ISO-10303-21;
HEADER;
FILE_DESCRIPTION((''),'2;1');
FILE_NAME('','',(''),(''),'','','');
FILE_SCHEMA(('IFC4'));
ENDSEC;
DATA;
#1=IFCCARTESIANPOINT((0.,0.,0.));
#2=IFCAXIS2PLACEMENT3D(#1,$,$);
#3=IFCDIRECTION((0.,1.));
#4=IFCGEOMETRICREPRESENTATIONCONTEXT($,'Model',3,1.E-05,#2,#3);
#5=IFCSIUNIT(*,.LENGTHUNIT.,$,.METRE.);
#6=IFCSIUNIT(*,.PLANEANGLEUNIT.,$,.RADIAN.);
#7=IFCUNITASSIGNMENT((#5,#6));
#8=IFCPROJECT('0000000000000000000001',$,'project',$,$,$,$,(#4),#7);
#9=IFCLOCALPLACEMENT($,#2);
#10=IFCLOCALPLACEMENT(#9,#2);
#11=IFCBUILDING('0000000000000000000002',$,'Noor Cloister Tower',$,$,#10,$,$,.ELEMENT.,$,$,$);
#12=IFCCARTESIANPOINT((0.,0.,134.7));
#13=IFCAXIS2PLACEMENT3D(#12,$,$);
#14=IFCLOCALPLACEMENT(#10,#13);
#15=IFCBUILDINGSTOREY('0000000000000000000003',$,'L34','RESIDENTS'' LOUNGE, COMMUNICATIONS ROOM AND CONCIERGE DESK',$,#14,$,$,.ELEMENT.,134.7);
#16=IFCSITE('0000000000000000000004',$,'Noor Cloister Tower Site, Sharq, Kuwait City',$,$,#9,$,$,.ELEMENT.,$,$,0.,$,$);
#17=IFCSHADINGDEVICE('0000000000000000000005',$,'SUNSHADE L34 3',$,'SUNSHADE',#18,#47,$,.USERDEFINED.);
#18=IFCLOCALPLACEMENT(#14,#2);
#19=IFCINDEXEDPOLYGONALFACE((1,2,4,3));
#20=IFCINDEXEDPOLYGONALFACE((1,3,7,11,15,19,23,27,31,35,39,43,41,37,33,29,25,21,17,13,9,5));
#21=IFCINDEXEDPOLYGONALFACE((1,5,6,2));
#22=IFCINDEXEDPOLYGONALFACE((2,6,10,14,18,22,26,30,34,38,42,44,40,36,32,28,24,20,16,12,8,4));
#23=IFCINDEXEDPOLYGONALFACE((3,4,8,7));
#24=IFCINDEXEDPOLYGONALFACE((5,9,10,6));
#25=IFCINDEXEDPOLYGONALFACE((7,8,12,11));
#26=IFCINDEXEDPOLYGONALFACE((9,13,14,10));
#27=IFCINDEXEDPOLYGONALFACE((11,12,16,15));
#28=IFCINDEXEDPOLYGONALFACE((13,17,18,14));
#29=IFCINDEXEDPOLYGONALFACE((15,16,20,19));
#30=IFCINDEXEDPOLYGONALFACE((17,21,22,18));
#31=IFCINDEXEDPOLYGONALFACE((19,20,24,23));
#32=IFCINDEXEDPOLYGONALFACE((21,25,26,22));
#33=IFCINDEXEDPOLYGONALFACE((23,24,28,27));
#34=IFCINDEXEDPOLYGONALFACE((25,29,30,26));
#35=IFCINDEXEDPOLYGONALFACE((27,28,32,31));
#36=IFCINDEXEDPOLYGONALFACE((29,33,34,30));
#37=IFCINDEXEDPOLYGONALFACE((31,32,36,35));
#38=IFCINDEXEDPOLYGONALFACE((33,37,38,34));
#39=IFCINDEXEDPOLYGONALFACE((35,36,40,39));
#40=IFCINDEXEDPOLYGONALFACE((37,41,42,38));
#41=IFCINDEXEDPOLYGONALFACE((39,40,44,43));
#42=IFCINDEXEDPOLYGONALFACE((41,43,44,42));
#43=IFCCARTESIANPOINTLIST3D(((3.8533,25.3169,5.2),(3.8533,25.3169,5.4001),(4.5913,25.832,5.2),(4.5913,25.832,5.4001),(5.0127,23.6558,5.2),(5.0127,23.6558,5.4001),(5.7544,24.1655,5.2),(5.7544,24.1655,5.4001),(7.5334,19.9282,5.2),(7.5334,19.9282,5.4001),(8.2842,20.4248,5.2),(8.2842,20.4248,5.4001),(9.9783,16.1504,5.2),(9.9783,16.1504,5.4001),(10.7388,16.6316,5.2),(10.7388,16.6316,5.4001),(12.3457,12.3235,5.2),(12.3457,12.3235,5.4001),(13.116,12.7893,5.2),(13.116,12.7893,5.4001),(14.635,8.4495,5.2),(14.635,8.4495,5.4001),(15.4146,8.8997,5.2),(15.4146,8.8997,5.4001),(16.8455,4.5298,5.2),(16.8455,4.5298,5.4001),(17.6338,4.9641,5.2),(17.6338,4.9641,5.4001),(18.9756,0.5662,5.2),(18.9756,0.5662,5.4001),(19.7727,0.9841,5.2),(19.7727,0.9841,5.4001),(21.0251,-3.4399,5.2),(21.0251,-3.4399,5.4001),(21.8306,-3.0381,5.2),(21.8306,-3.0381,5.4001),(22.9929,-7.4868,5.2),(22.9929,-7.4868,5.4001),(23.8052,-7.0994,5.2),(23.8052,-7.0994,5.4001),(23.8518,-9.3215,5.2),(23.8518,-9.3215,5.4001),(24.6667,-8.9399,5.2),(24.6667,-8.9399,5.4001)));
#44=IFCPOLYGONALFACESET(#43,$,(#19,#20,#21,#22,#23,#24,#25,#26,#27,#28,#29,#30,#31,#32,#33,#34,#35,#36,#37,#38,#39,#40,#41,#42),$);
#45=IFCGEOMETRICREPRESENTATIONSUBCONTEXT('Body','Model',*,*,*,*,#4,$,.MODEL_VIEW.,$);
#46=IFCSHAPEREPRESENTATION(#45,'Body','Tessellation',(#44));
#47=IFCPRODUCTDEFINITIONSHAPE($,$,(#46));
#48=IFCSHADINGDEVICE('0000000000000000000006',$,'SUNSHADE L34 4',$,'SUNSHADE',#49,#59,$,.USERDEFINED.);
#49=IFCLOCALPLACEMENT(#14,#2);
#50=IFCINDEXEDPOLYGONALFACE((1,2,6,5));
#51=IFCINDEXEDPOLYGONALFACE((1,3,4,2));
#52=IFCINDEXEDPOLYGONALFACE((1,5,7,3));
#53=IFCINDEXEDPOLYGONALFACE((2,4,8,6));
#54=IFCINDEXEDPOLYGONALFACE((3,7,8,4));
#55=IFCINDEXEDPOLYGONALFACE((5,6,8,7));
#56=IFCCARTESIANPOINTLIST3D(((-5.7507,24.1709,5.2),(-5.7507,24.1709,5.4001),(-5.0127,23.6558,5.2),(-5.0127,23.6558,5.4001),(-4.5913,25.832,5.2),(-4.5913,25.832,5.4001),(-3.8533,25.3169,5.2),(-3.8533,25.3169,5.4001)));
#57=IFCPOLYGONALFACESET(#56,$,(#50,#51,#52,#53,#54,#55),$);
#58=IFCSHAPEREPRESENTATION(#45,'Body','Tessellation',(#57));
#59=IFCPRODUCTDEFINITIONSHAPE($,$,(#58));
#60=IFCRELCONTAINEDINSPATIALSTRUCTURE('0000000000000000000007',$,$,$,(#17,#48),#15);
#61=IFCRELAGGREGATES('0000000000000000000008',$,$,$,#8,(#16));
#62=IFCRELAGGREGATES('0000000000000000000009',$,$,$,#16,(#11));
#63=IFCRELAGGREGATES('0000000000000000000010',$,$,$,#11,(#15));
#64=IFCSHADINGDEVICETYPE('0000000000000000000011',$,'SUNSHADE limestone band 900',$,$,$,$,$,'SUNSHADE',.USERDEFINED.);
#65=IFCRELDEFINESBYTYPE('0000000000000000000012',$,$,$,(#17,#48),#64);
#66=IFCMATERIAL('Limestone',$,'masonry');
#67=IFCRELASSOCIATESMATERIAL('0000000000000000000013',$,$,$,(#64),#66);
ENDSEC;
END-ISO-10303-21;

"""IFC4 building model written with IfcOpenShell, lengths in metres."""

from ifc_helpers import new_model, si_unit, direction, frame, origin, place, context, subcontext, project, spatial, polyline, outline, extrude, material, type_object, element, save


model = new_model("IFC4")

# Units and contexts
model_context = context("Model", 3, precision=1e-05, world=origin(), true_north=direction((0.0, 1.0)))
body_context = subcontext(model_context, "Body", "Model", "MODEL_VIEW")
ifc_project = project(units=[si_unit("LENGTHUNIT", "METRE"), si_unit("PLANEANGLEUNIT", "RADIAN")], contexts=[model_context])

# Site, building, storey
site_placement = place(None, origin())
site = spatial("IfcSite", under=ifc_project, at=site_placement, Name="Noor Cloister Tower Site, Sharq, Kuwait City", CompositionType="ELEMENT", RefElevation=0.0)
building_placement = place(site_placement, origin())
building = spatial("IfcBuilding", under=site, at=building_placement, Name="Noor Cloister Tower", CompositionType="ELEMENT")
storey_placement = place(building_placement, frame((0.0, 0.0, 134.7)))
storey = spatial("IfcBuildingStorey", under=building, at=storey_placement, Name="L34", Description="RESIDENTS' LOUNGE, COMMUNICATIONS ROOM AND CONCIERGE DESK", CompositionType="ELEMENT", Elevation=134.7)

# Shading devices
ifc_material_1 = material(Name="Limestone", Category="masonry")
shading_device_type = type_object("IfcShadingDeviceType", Name="SUNSHADE limestone band 900", ElementType="SUNSHADE", PredefinedType="USERDEFINED", material=ifc_material_1)
shading_device_1_placement = place(storey_placement, frame((0.0, 0.0, 5.2)))
element("IfcShadingDevice", 1, at=shading_device_1_placement, inside=storey, type_object=shading_device_type, Name="SUNSHADE L34 3", ObjectType="SUNSHADE", PredefinedType="USERDEFINED", context=body_context, shape_type="SweptSolid", body=[
    extrude(outline(polyline([(24.6667, -8.9399), (23.8052, -7.0994), (21.8306, -3.0381), (19.7727, 0.9841), (17.6338, 4.9641), (15.4146, 8.8997), (13.116, 12.7893), (10.7388, 16.6316), (8.2842, 20.4248), (5.7544, 24.1655), (4.5913, 25.832), (3.8533, 25.3169), (5.0127, 23.6558), (7.5334, 19.9282), (9.9783, 16.1504), (12.3457, 12.3235), (14.635, 8.4495), (16.8455, 4.5298), (18.9756, 0.5662), (21.0251, -3.4399), (22.9929, -7.4868), (23.8518, -9.3215), (24.6667, -8.9399)])), origin(), (0.0, 0.0, 1.0), 0.2002),
])
shading_device_2_placement = place(storey_placement, frame((0.0, 0.0, 5.2)))
element("IfcShadingDevice", 2, at=shading_device_2_placement, inside=storey, type_object=shading_device_type, Name="SUNSHADE L34 4", ObjectType="SUNSHADE", PredefinedType="USERDEFINED", context=body_context, shape_type="SweptSolid", body=[
    extrude(outline(polyline([(-4.5913, 25.832), (-5.7507, 24.1709), (-5.0127, 23.6558), (-3.8533, 25.3169), (-4.5913, 25.832)])), origin(), (0.0, 0.0, 1.0), 0.2002),
])

save(model, "model.ifc")
